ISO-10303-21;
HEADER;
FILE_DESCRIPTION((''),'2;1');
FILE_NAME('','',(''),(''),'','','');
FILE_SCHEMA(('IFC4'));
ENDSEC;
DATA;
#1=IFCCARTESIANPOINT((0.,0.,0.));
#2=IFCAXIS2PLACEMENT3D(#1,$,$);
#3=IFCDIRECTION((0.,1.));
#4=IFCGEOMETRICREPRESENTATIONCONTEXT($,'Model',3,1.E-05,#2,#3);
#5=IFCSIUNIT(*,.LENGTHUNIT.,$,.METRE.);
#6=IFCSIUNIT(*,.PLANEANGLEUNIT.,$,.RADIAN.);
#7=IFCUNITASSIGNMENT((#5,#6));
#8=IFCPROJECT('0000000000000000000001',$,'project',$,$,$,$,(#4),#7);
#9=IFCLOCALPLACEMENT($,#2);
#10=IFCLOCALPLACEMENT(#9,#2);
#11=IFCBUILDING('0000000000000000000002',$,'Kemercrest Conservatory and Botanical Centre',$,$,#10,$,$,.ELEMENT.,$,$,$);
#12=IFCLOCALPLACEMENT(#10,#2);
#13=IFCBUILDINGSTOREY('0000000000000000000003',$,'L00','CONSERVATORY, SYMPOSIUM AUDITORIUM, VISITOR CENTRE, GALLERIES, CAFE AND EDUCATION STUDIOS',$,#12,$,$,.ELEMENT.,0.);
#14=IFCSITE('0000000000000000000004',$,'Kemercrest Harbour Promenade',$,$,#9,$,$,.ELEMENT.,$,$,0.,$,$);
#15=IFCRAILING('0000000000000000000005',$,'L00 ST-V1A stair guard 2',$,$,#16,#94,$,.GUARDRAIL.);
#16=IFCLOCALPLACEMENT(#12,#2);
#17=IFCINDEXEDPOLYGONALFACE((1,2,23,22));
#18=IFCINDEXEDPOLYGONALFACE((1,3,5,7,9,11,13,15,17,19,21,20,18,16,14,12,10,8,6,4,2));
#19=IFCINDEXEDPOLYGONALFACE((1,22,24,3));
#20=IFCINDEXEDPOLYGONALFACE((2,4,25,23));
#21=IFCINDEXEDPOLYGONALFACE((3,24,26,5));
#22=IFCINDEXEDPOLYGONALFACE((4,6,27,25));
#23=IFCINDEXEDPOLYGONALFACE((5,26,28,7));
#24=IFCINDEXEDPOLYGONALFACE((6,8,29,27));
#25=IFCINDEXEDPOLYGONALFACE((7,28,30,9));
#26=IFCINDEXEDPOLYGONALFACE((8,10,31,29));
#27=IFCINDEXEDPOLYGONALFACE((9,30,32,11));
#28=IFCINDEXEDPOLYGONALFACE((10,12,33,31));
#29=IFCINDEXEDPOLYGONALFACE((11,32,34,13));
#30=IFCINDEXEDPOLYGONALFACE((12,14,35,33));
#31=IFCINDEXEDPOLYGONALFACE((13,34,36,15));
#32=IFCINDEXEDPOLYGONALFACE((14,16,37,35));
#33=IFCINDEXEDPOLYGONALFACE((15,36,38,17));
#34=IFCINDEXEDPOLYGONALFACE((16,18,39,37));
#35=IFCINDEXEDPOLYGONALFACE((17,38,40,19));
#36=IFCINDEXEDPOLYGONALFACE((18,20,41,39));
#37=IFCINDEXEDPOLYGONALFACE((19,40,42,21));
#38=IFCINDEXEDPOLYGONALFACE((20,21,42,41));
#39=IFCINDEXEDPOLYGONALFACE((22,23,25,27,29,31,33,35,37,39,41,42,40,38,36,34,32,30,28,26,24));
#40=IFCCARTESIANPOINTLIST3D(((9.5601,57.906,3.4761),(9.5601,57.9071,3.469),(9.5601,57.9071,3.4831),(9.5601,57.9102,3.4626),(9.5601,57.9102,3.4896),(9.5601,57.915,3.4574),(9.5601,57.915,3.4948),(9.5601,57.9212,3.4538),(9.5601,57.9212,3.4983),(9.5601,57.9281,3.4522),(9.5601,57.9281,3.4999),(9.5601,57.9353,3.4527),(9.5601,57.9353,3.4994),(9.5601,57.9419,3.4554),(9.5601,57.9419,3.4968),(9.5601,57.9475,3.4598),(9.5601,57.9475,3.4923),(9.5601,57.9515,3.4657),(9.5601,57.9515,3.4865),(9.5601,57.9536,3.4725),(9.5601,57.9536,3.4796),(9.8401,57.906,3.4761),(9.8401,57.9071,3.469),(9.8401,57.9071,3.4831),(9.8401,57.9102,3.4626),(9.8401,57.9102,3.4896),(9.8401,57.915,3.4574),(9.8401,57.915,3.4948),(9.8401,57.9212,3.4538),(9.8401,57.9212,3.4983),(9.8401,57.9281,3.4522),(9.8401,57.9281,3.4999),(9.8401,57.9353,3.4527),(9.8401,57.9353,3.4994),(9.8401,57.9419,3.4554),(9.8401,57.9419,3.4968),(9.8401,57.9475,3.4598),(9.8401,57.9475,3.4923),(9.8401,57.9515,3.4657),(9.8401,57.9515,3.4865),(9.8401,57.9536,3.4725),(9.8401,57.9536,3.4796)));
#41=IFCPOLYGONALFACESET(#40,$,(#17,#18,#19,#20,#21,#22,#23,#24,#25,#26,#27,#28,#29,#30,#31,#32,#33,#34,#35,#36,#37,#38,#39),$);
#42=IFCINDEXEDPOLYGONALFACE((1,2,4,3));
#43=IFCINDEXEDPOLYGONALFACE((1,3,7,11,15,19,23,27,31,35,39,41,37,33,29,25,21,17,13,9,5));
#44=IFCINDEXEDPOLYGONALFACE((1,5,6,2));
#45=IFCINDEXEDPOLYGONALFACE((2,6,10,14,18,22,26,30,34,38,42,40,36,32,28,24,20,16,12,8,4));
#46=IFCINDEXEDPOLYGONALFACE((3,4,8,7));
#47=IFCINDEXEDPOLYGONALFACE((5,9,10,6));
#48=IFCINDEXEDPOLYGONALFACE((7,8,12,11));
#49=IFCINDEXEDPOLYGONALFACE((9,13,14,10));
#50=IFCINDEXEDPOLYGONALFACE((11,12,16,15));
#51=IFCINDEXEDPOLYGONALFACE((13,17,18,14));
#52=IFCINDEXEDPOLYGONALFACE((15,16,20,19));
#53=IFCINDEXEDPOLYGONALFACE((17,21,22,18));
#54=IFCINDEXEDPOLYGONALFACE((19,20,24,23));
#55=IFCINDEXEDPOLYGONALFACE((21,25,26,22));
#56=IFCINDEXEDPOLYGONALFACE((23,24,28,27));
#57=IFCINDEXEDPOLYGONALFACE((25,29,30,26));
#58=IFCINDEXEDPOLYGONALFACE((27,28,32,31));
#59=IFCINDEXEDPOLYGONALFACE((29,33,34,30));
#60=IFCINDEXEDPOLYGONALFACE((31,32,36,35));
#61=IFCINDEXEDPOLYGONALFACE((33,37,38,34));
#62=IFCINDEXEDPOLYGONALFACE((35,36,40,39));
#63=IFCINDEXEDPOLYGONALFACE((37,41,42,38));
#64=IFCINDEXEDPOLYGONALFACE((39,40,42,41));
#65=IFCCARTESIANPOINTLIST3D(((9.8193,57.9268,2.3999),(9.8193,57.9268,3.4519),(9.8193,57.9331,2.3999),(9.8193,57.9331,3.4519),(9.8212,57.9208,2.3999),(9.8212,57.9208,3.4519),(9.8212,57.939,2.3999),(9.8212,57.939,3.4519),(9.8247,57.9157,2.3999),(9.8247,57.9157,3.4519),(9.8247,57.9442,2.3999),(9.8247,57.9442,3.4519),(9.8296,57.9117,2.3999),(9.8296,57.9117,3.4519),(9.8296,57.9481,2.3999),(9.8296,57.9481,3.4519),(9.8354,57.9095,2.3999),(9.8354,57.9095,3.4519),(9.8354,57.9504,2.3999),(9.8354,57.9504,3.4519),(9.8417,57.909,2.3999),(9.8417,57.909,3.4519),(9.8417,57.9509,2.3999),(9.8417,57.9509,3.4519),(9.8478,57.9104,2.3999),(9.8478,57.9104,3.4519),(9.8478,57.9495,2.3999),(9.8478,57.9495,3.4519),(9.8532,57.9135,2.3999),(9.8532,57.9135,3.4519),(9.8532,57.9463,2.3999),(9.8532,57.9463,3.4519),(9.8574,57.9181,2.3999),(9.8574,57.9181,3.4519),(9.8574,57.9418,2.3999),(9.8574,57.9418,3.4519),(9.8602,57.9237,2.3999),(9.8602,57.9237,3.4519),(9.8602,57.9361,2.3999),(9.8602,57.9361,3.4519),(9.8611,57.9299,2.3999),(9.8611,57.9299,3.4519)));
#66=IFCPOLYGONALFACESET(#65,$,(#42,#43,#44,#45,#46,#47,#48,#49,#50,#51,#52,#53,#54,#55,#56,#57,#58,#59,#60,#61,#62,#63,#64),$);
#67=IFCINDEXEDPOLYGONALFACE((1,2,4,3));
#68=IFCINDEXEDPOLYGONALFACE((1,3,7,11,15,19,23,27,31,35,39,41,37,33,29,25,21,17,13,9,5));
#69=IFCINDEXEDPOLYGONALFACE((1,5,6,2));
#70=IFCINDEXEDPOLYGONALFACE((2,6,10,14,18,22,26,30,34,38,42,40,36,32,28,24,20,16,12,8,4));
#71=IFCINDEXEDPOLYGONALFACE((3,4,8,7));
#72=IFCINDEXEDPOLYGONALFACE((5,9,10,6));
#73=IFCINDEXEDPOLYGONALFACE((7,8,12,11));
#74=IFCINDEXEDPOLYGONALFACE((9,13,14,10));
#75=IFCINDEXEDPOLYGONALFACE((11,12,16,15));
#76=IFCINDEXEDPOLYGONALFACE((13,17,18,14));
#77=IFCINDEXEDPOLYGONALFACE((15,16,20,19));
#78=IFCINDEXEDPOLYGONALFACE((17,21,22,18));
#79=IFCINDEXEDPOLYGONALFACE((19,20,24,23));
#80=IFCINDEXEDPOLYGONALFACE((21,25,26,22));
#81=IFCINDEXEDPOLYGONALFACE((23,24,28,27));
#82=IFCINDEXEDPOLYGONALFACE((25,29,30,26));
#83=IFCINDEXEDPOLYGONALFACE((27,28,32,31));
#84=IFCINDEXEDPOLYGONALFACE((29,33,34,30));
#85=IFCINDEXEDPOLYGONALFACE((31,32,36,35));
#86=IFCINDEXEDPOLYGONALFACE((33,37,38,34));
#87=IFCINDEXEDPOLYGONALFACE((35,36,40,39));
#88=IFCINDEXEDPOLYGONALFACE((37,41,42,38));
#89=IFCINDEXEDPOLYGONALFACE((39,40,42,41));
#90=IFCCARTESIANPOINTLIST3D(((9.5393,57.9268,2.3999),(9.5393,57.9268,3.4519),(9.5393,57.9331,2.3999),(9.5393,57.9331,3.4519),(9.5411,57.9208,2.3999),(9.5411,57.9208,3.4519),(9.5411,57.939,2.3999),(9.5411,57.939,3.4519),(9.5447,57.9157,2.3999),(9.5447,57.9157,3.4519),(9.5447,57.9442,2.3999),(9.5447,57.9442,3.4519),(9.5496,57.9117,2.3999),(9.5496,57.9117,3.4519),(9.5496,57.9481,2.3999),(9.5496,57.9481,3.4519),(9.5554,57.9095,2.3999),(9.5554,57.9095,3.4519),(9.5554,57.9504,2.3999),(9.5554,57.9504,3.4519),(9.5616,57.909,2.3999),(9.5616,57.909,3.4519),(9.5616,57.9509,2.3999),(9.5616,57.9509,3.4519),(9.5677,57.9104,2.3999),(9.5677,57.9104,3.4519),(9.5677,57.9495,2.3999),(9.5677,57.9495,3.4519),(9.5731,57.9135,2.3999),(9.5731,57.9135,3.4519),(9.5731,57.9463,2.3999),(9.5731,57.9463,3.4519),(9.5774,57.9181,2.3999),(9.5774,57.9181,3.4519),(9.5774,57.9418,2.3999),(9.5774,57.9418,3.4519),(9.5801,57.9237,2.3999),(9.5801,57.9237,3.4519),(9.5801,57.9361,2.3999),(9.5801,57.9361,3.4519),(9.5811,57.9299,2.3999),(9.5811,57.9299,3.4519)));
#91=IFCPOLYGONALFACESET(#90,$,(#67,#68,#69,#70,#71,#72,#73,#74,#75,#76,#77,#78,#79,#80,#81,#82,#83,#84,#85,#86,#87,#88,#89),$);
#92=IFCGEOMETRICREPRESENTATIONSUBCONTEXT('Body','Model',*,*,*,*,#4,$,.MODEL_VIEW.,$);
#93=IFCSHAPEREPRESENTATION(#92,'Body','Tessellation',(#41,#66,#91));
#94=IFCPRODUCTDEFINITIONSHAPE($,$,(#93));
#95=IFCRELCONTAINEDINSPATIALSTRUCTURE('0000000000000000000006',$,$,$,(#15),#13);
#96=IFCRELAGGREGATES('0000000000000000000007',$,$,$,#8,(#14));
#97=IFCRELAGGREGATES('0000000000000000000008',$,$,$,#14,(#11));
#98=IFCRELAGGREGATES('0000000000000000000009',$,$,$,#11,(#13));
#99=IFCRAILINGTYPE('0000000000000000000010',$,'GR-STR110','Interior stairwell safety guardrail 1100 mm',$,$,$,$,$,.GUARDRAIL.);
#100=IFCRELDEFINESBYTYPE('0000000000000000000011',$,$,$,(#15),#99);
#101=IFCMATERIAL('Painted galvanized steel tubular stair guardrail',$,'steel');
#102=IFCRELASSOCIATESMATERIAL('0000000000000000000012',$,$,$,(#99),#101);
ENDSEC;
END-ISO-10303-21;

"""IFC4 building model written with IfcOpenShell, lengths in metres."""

from ifc_helpers import new_model, si_unit, direction, frame, origin, origin_2d, place, context, subcontext, project, spatial, circle, extrude, material, type_object, element, save


model = new_model("IFC4")

# Units and contexts
model_context = context("Model", 3, precision=1e-05, world=origin(), true_north=direction((0.0, 1.0)))
body_context = subcontext(model_context, "Body", "Model", "MODEL_VIEW")
ifc_project = project(units=[si_unit("LENGTHUNIT", "METRE"), si_unit("PLANEANGLEUNIT", "RADIAN")], contexts=[model_context])

# Site, building, storey
site_placement = place(None, origin())
site = spatial("IfcSite", under=ifc_project, at=site_placement, Name="Kemercrest Harbour Promenade", CompositionType="ELEMENT", RefElevation=0.0)
building_placement = place(site_placement, origin())
building = spatial("IfcBuilding", under=site, at=building_placement, Name="Kemercrest Conservatory and Botanical Centre", CompositionType="ELEMENT")
storey_placement = place(building_placement, origin())
storey = spatial("IfcBuildingStorey", under=building, at=storey_placement, Name="L00", Description="CONSERVATORY, SYMPOSIUM AUDITORIUM, VISITOR CENTRE, GALLERIES, CAFE AND EDUCATION STUDIOS", CompositionType="ELEMENT", Elevation=0.0)

# Railing
ifc_material_1 = material(Name="Painted galvanized steel tubular stair guardrail", Category="steel")
railing_type_1 = type_object("IfcRailingType", Name="GR-STR110", Description="Interior stairwell safety guardrail 1100 mm", PredefinedType="GUARDRAIL", material=ifc_material_1)
railing_1_placement = place(storey_placement, frame((9.8401, 57.9299, 2.3999)))
element("IfcRailing", 1, at=railing_1_placement, inside=storey, type_object=railing_type_1, Name="L00 ST-V1A stair guard 2", PredefinedType="GUARDRAIL", context=body_context, shape_type="SweptSolid", body=[
    extrude(circle(Radius=0.0239, at=origin_2d()), frame((0.0, 0.0, 1.0762), z_axis=(-1.0, 0.0, 0.0), x_axis=(0.0, -1.0, 0.0)), (0.0, 0.0, 1.0), 0.28),
    extrude(circle(Radius=0.021, at=origin_2d()), origin(), (0.0, 0.0, 1.0), 1.052),
    extrude(circle(Radius=0.021, at=origin_2d()), frame((-0.28, 0.0, 0.0)), (0.0, 0.0, 1.0), 1.052),
])

save(model, "model.ifc")
